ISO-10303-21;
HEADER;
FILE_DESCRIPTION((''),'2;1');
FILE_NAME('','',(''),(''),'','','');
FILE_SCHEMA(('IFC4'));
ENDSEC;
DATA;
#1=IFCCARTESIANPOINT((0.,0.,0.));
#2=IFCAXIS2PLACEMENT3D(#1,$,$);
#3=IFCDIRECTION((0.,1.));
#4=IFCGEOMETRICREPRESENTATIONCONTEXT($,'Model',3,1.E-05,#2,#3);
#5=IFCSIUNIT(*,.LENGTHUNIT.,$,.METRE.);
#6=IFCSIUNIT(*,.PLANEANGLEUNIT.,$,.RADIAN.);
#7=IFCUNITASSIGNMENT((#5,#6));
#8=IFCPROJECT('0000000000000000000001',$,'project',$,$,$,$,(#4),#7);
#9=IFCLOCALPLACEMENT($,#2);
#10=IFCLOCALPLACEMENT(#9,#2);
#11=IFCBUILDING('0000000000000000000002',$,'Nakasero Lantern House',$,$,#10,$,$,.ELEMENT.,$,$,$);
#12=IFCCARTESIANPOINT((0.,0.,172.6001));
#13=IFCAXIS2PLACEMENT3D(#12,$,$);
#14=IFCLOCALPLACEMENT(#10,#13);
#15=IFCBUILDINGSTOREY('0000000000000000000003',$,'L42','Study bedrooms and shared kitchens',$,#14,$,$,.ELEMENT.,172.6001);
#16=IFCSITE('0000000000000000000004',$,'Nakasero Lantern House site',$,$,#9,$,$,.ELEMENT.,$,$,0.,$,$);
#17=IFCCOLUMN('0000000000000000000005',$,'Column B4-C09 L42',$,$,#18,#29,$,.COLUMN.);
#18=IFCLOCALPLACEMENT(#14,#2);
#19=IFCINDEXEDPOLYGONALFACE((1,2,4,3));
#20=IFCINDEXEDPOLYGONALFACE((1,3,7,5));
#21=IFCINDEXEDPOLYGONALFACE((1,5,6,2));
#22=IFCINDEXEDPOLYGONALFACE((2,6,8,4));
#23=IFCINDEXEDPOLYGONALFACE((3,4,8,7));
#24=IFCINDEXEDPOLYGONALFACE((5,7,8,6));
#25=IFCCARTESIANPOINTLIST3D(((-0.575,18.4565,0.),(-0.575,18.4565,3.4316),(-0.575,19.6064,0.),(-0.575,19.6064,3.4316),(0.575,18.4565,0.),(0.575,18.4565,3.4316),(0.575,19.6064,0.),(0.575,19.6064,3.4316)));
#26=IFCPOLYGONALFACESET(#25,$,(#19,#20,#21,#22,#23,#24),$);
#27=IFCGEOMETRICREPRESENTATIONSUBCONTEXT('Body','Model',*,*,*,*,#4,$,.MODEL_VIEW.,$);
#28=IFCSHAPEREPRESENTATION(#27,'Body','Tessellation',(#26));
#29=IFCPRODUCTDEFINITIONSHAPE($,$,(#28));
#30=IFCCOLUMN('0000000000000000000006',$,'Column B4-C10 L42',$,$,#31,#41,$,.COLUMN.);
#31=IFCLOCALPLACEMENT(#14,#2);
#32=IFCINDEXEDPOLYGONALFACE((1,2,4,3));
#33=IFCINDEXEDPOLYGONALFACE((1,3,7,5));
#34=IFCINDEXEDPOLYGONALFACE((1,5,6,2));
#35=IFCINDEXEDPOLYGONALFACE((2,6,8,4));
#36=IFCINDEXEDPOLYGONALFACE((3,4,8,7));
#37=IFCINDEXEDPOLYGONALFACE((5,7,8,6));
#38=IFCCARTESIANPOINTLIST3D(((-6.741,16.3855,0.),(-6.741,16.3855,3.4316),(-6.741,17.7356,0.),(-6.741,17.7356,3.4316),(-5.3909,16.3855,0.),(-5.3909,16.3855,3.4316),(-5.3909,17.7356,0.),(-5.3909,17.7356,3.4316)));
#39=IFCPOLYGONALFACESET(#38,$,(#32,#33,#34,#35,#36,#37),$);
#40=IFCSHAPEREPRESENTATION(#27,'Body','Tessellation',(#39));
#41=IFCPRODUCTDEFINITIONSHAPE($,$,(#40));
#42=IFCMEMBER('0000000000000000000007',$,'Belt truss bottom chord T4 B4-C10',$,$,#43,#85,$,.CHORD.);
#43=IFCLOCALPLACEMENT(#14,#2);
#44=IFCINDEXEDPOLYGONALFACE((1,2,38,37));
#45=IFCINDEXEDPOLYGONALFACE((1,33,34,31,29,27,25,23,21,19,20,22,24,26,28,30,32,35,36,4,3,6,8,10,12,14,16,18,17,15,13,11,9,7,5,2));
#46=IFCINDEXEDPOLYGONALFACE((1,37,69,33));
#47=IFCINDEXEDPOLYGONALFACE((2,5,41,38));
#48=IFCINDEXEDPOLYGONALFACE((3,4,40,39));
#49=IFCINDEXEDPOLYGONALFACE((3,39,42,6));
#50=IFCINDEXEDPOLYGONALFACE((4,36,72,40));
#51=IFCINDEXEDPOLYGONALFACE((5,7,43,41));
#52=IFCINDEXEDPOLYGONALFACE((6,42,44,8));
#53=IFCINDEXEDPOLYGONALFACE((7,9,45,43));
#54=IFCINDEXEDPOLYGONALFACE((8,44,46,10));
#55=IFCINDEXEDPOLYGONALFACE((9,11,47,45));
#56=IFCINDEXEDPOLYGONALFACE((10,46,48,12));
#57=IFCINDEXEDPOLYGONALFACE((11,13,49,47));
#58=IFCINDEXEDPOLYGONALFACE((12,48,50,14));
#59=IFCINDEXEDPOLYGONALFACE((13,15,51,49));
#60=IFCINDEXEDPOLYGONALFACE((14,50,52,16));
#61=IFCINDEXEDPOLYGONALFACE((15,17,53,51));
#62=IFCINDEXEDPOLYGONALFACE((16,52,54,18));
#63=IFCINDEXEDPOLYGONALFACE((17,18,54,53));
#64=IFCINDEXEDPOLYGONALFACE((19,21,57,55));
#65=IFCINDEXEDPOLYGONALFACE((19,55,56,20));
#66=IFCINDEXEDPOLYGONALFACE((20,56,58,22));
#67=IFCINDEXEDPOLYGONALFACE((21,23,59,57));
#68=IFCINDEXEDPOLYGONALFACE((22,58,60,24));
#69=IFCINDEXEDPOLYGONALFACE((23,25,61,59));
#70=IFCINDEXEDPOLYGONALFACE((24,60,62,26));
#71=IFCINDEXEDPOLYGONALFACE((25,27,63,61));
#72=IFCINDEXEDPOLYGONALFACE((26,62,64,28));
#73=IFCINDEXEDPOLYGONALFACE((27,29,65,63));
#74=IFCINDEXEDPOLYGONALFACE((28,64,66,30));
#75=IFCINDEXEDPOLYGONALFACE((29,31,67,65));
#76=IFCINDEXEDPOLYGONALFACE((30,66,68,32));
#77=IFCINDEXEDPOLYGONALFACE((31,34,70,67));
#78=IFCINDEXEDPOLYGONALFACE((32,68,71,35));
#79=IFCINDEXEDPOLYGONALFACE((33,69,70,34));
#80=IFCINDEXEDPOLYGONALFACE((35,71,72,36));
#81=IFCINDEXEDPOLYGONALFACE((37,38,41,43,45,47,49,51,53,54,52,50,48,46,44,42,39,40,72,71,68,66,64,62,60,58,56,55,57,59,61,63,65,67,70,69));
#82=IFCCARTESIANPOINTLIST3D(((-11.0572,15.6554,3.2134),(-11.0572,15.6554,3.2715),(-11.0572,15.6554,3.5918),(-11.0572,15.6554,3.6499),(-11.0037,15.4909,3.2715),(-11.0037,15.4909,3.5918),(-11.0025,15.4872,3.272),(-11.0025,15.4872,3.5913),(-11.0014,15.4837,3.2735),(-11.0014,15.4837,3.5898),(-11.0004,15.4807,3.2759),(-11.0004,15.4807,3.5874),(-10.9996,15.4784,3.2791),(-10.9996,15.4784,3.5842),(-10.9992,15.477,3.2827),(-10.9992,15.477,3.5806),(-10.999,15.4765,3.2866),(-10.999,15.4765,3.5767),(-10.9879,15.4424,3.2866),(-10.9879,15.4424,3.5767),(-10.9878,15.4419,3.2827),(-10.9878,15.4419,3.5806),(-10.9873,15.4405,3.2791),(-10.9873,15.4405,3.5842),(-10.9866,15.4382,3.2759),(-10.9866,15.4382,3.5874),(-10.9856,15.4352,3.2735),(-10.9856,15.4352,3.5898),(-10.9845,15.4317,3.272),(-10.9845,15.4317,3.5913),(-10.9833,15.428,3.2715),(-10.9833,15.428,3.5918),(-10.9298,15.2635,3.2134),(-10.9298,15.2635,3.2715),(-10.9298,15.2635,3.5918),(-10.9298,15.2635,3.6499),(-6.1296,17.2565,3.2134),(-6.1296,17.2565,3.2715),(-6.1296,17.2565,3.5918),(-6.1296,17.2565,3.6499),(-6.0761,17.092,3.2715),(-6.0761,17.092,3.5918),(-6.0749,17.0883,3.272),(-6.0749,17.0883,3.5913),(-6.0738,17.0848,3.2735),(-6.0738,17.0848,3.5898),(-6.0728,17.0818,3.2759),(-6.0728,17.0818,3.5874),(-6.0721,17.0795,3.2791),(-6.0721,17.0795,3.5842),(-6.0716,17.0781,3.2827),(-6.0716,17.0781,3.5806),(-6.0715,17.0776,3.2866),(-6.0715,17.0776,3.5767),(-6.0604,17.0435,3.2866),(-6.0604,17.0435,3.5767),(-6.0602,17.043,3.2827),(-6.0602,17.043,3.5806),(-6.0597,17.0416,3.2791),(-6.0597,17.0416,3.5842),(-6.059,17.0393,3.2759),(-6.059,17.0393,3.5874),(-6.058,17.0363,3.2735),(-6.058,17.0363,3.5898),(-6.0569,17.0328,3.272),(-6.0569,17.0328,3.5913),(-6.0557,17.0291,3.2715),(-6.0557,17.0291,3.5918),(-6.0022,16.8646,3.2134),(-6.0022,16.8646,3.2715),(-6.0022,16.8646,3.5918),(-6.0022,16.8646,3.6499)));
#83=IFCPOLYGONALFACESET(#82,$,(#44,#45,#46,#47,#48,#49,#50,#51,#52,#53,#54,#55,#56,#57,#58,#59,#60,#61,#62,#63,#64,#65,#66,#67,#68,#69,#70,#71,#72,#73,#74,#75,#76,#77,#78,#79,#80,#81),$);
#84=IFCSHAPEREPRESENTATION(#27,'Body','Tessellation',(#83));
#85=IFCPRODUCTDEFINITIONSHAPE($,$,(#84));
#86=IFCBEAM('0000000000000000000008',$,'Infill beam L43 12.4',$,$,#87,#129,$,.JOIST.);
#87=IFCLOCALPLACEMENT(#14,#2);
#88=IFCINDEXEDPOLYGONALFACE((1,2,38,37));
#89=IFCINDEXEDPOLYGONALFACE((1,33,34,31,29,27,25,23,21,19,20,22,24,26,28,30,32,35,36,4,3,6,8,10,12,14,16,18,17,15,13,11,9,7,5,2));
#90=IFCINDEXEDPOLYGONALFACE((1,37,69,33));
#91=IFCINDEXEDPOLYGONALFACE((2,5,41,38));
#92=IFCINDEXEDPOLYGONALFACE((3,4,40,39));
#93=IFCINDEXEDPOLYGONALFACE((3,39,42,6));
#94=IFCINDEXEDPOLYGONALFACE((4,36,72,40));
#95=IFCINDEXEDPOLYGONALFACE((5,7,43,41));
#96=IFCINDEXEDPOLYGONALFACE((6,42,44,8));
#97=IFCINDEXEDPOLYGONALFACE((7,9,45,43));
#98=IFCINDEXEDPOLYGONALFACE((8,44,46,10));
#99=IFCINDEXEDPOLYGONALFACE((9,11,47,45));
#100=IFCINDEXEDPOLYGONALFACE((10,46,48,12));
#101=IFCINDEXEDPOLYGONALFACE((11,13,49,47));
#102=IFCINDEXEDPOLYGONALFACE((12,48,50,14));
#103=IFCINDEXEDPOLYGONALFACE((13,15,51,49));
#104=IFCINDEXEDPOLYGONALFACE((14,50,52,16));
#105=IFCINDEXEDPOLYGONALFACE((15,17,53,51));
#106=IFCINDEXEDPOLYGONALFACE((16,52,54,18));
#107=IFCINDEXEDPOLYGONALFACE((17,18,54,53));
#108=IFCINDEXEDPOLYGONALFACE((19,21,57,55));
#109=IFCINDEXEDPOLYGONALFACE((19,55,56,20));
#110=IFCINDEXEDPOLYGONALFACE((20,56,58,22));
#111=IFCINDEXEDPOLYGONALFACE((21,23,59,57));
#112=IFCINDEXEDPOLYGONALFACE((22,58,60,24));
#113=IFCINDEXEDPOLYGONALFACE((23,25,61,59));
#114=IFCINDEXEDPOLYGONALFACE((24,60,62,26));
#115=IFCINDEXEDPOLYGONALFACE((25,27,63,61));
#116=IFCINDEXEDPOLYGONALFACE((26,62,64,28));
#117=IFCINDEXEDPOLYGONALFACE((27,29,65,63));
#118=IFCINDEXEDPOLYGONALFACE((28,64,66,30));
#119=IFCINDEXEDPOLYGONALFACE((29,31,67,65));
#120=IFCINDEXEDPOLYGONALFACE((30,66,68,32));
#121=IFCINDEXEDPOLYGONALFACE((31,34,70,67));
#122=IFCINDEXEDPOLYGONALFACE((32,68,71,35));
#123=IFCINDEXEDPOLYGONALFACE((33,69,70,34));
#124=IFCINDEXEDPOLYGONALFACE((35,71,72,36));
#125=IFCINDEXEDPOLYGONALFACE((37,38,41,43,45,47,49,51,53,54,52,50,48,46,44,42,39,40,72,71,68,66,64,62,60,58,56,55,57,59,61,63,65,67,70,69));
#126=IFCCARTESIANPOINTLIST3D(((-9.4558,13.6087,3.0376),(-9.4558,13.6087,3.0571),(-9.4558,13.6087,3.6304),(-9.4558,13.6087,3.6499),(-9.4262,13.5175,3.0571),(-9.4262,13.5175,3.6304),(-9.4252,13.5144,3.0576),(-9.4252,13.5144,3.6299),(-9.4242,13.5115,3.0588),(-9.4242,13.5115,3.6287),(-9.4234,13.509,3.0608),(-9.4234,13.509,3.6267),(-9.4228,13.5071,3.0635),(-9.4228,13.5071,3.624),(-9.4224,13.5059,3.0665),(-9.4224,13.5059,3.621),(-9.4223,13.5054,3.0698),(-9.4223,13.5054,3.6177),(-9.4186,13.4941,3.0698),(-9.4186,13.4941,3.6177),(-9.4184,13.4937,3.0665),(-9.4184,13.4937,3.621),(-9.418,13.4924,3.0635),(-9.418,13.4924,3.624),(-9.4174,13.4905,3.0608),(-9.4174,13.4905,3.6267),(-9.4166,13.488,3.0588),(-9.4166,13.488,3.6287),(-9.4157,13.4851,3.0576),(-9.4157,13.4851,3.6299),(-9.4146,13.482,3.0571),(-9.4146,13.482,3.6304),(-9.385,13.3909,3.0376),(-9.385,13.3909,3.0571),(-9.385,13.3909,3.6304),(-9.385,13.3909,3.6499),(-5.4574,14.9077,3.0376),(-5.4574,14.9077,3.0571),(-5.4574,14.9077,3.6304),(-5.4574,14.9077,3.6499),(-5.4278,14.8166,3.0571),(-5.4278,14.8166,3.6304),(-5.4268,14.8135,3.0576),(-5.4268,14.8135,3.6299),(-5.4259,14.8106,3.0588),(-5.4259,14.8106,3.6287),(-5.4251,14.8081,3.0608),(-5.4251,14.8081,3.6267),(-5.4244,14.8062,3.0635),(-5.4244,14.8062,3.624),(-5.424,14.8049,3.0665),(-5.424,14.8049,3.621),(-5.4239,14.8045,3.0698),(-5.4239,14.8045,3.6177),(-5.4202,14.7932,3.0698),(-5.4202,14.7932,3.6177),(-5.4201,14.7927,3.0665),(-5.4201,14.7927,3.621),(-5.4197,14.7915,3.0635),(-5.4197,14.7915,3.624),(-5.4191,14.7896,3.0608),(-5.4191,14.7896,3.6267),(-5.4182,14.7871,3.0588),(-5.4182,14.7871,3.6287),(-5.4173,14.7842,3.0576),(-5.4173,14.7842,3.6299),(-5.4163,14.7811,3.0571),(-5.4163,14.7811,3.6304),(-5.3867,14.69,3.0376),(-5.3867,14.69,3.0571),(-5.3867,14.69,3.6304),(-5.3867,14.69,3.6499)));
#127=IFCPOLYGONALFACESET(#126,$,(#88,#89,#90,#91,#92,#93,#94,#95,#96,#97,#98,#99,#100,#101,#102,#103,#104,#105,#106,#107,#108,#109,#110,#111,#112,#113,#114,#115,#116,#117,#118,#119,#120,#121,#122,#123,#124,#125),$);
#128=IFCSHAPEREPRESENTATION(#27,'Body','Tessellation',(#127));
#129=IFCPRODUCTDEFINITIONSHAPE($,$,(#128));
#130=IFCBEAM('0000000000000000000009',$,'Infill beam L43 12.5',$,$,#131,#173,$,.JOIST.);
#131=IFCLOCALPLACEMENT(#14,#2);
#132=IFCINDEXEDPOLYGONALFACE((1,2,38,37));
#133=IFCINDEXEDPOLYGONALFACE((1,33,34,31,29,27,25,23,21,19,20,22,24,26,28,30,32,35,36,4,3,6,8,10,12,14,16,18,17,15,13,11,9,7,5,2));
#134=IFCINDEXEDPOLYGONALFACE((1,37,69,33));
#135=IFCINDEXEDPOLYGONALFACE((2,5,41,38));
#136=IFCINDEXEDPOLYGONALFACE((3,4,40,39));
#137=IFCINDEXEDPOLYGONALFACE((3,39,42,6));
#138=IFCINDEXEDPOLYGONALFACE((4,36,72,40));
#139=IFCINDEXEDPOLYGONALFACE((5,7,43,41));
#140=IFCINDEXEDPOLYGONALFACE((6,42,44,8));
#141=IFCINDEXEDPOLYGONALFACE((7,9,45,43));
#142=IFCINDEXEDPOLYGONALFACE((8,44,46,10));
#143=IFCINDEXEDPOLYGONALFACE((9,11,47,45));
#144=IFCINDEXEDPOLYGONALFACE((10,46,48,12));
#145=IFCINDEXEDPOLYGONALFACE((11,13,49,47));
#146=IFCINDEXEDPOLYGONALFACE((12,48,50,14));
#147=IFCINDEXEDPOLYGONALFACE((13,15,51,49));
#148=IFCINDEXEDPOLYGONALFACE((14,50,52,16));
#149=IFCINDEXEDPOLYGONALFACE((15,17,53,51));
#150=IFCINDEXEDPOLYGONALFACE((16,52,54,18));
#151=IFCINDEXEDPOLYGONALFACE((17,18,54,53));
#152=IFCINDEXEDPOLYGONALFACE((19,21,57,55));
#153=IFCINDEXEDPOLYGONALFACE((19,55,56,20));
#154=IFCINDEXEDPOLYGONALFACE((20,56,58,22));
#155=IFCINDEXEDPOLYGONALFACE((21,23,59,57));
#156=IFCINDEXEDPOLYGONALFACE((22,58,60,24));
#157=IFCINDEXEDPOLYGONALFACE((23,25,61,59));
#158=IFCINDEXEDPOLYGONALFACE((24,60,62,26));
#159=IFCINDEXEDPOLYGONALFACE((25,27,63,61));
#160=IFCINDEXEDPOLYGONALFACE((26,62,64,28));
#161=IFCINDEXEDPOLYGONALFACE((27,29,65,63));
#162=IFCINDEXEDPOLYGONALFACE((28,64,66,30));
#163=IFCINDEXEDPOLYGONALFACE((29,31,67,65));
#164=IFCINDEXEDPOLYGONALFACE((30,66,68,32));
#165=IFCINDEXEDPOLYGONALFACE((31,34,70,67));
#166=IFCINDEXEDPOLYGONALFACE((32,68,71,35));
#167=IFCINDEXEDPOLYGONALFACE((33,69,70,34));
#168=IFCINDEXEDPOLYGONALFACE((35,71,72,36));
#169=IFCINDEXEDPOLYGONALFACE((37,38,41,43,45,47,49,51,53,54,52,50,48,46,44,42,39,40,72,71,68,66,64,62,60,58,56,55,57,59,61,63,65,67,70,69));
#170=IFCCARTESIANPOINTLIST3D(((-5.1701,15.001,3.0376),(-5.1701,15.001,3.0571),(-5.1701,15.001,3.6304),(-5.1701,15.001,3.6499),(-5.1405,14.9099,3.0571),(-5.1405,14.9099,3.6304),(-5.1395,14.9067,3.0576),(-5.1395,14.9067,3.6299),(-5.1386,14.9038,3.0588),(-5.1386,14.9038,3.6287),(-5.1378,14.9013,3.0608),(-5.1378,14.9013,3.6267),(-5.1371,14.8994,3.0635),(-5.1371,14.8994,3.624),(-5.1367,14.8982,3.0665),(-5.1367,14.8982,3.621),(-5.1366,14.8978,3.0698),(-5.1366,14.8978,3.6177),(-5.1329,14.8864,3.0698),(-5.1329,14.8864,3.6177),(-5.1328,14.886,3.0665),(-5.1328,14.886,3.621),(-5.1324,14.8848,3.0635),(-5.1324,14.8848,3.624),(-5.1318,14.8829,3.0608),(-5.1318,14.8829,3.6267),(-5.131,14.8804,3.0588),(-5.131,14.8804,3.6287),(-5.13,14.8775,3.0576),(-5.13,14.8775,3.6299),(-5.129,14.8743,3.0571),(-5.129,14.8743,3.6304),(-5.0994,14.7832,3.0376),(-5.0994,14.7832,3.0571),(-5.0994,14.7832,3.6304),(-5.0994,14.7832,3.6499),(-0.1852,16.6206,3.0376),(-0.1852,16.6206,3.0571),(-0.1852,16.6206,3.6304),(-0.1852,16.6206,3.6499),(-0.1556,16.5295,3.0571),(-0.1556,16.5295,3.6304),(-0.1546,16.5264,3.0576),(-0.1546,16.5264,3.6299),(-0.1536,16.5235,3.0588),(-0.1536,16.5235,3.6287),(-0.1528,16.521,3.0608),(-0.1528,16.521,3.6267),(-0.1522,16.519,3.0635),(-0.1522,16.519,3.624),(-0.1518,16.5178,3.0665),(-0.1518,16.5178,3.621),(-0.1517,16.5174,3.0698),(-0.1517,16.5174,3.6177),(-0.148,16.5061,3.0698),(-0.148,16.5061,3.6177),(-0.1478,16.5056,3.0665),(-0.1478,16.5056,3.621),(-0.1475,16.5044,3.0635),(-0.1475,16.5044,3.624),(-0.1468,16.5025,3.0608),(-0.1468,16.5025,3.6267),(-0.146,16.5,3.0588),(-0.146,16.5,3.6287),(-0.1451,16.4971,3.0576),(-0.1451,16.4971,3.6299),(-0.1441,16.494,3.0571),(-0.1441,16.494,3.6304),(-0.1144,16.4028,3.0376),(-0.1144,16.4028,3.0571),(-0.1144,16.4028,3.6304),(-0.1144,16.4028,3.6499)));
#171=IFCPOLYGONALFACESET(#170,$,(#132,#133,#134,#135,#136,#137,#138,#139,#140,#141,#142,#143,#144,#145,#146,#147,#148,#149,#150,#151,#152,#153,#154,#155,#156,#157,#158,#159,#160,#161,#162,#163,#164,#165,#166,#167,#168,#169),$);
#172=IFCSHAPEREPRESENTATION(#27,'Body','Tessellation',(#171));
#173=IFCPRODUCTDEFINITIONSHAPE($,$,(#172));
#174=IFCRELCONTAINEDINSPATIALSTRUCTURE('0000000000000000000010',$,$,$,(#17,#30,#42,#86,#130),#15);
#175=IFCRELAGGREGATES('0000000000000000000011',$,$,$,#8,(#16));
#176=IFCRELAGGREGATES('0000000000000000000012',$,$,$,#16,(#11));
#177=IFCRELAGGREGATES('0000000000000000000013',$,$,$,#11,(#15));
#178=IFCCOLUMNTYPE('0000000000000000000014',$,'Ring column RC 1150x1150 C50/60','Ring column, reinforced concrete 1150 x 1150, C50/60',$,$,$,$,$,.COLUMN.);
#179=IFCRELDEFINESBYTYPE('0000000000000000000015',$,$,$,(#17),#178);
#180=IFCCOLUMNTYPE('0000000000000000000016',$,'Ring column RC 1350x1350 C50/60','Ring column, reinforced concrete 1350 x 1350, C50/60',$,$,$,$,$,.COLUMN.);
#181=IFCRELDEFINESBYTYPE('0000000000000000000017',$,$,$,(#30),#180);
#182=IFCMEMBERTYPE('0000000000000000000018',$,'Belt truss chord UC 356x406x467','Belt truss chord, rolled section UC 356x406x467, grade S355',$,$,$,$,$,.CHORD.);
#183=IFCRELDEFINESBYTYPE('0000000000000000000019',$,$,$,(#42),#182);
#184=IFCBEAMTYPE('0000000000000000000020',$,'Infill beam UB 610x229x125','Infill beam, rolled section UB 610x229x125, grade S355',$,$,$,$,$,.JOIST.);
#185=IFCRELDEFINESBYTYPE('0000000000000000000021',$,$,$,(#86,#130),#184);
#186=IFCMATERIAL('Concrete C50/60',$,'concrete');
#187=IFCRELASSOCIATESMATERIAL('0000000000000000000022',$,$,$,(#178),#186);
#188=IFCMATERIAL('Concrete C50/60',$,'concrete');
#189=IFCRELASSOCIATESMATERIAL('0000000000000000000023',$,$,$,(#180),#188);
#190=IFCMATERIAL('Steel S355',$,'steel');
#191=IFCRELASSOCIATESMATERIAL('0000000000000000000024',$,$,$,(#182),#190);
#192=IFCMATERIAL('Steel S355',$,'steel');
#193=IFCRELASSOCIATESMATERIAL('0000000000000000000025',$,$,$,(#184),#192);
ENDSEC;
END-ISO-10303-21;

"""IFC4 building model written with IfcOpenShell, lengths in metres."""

from ifc_helpers import new_model, si_unit, direction, frame, origin, origin_2d, place, context, subcontext, project, spatial, rectangle, i_section, extrude, material, material_profile, profile_set, type_object, element, save


model = new_model("IFC4")

# Units and contexts
model_context = context("Model", 3, precision=1e-05, world=origin(), true_north=direction((0.0, 1.0)))
body_context = subcontext(model_context, "Body", "Model", "MODEL_VIEW")
ifc_project = project(units=[si_unit("LENGTHUNIT", "METRE"), si_unit("PLANEANGLEUNIT", "RADIAN")], contexts=[model_context])

# Site, building, storey
site_placement = place(None, origin())
site = spatial("IfcSite", under=ifc_project, at=site_placement, Name="Nakasero Lantern House site", CompositionType="ELEMENT", RefElevation=0.0)
building_placement = place(site_placement, origin())
building = spatial("IfcBuilding", under=site, at=building_placement, Name="Nakasero Lantern House", CompositionType="ELEMENT")
storey_placement = place(building_placement, frame((0.0, 0.0, 172.6001)))
storey = spatial("IfcBuildingStorey", under=building, at=storey_placement, Name="L42", Description="Study bedrooms and shared kitchens", CompositionType="ELEMENT", Elevation=172.6001)

# Columns
ifc_material_1 = material(Name="Concrete C50/60", Category="concrete")
ifc_material_profile_1 = material_profile(ifc_material_1, rectangle(XDim=1.1499, YDim=1.1499, at=origin_2d()), Name="RC 1150x1150")
ifc_profile_set_1 = profile_set([ifc_material_profile_1], Name="Concrete C50/60")
column_type_1 = type_object("IfcColumnType", Name="Ring column RC 1150x1150 C50/60", Description="Ring column, reinforced concrete 1150 x 1150, C50/60", PredefinedType="COLUMN", material=ifc_profile_set_1)
column_1_placement = place(storey_placement, frame((0.0, 19.0315, 0.0), z_axis=(0.0, 0.0, 1.0), x_axis=(1.0, 0.0, 0.0)))
element("IfcColumn", 1, at=column_1_placement, inside=storey, type_object=column_type_1, Name="Column B4-C09 L42", PredefinedType="COLUMN", context=body_context, shape_type="SweptSolid", body=[
    extrude(rectangle(XDim=1.1499, YDim=1.1499, at=origin_2d()), origin(), (0.0, 0.0, 1.0), 3.4316),
])
ifc_material_2 = material(Name="Concrete C50/60", Category="concrete")
ifc_material_profile_2 = material_profile(ifc_material_2, rectangle(XDim=1.3501, YDim=1.3501, at=origin_2d()), Name="RC 1350x1350")
ifc_profile_set_2 = profile_set([ifc_material_profile_2], Name="Concrete C50/60")
column_type_2 = type_object("IfcColumnType", Name="Ring column RC 1350x1350 C50/60", Description="Ring column, reinforced concrete 1350 x 1350, C50/60", PredefinedType="COLUMN", material=ifc_profile_set_2)
column_2_placement = place(storey_placement, frame((-6.0659, 17.0605, 0.0), z_axis=(0.0, 0.0, 1.0), x_axis=(1.0, 0.0, 0.0)))
element("IfcColumn", 2, at=column_2_placement, inside=storey, type_object=column_type_2, Name="Column B4-C10 L42", PredefinedType="COLUMN", context=body_context, shape_type="SweptSolid", body=[
    extrude(rectangle(XDim=1.3501, YDim=1.3501, at=origin_2d()), origin(), (0.0, 0.0, 1.0), 3.4316),
])

# Member
ifc_material_3 = material(Name="Steel S355", Category="steel")
ifc_material_profile_3 = material_profile(ifc_material_3, i_section(OverallWidth=0.4121, OverallDepth=0.4365, WebThickness=0.0359, FlangeThickness=0.0581, FilletRadius=0.0151, at=origin_2d()), Name="UC 356x406x467")
ifc_profile_set_3 = profile_set([ifc_material_profile_3], Name="Steel S355")
member_type = type_object("IfcMemberType", Name="Belt truss chord UC 356x406x467", Description="Belt truss chord, rolled section UC 356x406x467, grade S355", PredefinedType="CHORD", material=ifc_profile_set_3)
member_placement = place(storey_placement, frame((-6.0659, 17.0605, 3.4316), z_axis=(-0.951054, -0.309023, 0.0), x_axis=(0.309023, -0.951054, 0.0)))
element("IfcMember", 3, at=member_placement, inside=storey, type_object=member_type, Name="Belt truss bottom chord T4 B4-C10", PredefinedType="CHORD", context=body_context, shape_type="SweptSolid", body=[
    extrude(i_section(OverallWidth=0.4121, OverallDepth=0.4365, WebThickness=0.0359, FlangeThickness=0.0581, FilletRadius=0.0151, at=origin_2d()), origin(), (0.0, 0.0, 1.0), 5.1812),
])

# Beams
ifc_material_4 = material(Name="Steel S355", Category="steel")
ifc_material_profile_4 = material_profile(ifc_material_4, i_section(OverallWidth=0.229, OverallDepth=0.6123, WebThickness=0.012, FlangeThickness=0.0195, FilletRadius=0.0127, at=origin_2d()), Name="UB 610x229x125")
ifc_profile_set_4 = profile_set([ifc_material_profile_4], Name="Steel S355")
beam_type_1 = type_object("IfcBeamType", Name="Infill beam UB 610x229x125", Description="Infill beam, rolled section UB 610x229x125, grade S355", PredefinedType="JOIST", material=ifc_profile_set_4)
beam_1_placement = place(storey_placement, frame((-9.4204, 13.4998, 3.3438), z_axis=(0.95106, 0.309006, 0.0), x_axis=(-0.309006, 0.95106, 0.0)))
element("IfcBeam", 4, at=beam_1_placement, inside=storey, type_object=beam_type_1, Name="Infill beam L43 12.4", PredefinedType="JOIST", context=body_context, shape_type="SweptSolid", body=[
    extrude(i_section(OverallWidth=0.229, OverallDepth=0.6123, WebThickness=0.012, FlangeThickness=0.0195, FilletRadius=0.0127, at=origin_2d()), origin(), (0.0, 0.0, 1.0), 4.2041),
])
beam_2_placement = place(storey_placement, frame((-5.1348, 14.8921, 3.3438), z_axis=(0.951059, 0.309008, 0.0), x_axis=(-0.309008, 0.951059, 0.0)))
element("IfcBeam", 5, at=beam_2_placement, inside=storey, type_object=beam_type_1, Name="Infill beam L43 12.5", PredefinedType="JOIST", context=body_context, shape_type="SweptSolid", body=[
    extrude(i_section(OverallWidth=0.229, OverallDepth=0.6123, WebThickness=0.012, FlangeThickness=0.0195, FilletRadius=0.0127, at=origin_2d()), origin(), (0.0, 0.0, 1.0), 5.2415),
])

save(model, "model.ifc")
